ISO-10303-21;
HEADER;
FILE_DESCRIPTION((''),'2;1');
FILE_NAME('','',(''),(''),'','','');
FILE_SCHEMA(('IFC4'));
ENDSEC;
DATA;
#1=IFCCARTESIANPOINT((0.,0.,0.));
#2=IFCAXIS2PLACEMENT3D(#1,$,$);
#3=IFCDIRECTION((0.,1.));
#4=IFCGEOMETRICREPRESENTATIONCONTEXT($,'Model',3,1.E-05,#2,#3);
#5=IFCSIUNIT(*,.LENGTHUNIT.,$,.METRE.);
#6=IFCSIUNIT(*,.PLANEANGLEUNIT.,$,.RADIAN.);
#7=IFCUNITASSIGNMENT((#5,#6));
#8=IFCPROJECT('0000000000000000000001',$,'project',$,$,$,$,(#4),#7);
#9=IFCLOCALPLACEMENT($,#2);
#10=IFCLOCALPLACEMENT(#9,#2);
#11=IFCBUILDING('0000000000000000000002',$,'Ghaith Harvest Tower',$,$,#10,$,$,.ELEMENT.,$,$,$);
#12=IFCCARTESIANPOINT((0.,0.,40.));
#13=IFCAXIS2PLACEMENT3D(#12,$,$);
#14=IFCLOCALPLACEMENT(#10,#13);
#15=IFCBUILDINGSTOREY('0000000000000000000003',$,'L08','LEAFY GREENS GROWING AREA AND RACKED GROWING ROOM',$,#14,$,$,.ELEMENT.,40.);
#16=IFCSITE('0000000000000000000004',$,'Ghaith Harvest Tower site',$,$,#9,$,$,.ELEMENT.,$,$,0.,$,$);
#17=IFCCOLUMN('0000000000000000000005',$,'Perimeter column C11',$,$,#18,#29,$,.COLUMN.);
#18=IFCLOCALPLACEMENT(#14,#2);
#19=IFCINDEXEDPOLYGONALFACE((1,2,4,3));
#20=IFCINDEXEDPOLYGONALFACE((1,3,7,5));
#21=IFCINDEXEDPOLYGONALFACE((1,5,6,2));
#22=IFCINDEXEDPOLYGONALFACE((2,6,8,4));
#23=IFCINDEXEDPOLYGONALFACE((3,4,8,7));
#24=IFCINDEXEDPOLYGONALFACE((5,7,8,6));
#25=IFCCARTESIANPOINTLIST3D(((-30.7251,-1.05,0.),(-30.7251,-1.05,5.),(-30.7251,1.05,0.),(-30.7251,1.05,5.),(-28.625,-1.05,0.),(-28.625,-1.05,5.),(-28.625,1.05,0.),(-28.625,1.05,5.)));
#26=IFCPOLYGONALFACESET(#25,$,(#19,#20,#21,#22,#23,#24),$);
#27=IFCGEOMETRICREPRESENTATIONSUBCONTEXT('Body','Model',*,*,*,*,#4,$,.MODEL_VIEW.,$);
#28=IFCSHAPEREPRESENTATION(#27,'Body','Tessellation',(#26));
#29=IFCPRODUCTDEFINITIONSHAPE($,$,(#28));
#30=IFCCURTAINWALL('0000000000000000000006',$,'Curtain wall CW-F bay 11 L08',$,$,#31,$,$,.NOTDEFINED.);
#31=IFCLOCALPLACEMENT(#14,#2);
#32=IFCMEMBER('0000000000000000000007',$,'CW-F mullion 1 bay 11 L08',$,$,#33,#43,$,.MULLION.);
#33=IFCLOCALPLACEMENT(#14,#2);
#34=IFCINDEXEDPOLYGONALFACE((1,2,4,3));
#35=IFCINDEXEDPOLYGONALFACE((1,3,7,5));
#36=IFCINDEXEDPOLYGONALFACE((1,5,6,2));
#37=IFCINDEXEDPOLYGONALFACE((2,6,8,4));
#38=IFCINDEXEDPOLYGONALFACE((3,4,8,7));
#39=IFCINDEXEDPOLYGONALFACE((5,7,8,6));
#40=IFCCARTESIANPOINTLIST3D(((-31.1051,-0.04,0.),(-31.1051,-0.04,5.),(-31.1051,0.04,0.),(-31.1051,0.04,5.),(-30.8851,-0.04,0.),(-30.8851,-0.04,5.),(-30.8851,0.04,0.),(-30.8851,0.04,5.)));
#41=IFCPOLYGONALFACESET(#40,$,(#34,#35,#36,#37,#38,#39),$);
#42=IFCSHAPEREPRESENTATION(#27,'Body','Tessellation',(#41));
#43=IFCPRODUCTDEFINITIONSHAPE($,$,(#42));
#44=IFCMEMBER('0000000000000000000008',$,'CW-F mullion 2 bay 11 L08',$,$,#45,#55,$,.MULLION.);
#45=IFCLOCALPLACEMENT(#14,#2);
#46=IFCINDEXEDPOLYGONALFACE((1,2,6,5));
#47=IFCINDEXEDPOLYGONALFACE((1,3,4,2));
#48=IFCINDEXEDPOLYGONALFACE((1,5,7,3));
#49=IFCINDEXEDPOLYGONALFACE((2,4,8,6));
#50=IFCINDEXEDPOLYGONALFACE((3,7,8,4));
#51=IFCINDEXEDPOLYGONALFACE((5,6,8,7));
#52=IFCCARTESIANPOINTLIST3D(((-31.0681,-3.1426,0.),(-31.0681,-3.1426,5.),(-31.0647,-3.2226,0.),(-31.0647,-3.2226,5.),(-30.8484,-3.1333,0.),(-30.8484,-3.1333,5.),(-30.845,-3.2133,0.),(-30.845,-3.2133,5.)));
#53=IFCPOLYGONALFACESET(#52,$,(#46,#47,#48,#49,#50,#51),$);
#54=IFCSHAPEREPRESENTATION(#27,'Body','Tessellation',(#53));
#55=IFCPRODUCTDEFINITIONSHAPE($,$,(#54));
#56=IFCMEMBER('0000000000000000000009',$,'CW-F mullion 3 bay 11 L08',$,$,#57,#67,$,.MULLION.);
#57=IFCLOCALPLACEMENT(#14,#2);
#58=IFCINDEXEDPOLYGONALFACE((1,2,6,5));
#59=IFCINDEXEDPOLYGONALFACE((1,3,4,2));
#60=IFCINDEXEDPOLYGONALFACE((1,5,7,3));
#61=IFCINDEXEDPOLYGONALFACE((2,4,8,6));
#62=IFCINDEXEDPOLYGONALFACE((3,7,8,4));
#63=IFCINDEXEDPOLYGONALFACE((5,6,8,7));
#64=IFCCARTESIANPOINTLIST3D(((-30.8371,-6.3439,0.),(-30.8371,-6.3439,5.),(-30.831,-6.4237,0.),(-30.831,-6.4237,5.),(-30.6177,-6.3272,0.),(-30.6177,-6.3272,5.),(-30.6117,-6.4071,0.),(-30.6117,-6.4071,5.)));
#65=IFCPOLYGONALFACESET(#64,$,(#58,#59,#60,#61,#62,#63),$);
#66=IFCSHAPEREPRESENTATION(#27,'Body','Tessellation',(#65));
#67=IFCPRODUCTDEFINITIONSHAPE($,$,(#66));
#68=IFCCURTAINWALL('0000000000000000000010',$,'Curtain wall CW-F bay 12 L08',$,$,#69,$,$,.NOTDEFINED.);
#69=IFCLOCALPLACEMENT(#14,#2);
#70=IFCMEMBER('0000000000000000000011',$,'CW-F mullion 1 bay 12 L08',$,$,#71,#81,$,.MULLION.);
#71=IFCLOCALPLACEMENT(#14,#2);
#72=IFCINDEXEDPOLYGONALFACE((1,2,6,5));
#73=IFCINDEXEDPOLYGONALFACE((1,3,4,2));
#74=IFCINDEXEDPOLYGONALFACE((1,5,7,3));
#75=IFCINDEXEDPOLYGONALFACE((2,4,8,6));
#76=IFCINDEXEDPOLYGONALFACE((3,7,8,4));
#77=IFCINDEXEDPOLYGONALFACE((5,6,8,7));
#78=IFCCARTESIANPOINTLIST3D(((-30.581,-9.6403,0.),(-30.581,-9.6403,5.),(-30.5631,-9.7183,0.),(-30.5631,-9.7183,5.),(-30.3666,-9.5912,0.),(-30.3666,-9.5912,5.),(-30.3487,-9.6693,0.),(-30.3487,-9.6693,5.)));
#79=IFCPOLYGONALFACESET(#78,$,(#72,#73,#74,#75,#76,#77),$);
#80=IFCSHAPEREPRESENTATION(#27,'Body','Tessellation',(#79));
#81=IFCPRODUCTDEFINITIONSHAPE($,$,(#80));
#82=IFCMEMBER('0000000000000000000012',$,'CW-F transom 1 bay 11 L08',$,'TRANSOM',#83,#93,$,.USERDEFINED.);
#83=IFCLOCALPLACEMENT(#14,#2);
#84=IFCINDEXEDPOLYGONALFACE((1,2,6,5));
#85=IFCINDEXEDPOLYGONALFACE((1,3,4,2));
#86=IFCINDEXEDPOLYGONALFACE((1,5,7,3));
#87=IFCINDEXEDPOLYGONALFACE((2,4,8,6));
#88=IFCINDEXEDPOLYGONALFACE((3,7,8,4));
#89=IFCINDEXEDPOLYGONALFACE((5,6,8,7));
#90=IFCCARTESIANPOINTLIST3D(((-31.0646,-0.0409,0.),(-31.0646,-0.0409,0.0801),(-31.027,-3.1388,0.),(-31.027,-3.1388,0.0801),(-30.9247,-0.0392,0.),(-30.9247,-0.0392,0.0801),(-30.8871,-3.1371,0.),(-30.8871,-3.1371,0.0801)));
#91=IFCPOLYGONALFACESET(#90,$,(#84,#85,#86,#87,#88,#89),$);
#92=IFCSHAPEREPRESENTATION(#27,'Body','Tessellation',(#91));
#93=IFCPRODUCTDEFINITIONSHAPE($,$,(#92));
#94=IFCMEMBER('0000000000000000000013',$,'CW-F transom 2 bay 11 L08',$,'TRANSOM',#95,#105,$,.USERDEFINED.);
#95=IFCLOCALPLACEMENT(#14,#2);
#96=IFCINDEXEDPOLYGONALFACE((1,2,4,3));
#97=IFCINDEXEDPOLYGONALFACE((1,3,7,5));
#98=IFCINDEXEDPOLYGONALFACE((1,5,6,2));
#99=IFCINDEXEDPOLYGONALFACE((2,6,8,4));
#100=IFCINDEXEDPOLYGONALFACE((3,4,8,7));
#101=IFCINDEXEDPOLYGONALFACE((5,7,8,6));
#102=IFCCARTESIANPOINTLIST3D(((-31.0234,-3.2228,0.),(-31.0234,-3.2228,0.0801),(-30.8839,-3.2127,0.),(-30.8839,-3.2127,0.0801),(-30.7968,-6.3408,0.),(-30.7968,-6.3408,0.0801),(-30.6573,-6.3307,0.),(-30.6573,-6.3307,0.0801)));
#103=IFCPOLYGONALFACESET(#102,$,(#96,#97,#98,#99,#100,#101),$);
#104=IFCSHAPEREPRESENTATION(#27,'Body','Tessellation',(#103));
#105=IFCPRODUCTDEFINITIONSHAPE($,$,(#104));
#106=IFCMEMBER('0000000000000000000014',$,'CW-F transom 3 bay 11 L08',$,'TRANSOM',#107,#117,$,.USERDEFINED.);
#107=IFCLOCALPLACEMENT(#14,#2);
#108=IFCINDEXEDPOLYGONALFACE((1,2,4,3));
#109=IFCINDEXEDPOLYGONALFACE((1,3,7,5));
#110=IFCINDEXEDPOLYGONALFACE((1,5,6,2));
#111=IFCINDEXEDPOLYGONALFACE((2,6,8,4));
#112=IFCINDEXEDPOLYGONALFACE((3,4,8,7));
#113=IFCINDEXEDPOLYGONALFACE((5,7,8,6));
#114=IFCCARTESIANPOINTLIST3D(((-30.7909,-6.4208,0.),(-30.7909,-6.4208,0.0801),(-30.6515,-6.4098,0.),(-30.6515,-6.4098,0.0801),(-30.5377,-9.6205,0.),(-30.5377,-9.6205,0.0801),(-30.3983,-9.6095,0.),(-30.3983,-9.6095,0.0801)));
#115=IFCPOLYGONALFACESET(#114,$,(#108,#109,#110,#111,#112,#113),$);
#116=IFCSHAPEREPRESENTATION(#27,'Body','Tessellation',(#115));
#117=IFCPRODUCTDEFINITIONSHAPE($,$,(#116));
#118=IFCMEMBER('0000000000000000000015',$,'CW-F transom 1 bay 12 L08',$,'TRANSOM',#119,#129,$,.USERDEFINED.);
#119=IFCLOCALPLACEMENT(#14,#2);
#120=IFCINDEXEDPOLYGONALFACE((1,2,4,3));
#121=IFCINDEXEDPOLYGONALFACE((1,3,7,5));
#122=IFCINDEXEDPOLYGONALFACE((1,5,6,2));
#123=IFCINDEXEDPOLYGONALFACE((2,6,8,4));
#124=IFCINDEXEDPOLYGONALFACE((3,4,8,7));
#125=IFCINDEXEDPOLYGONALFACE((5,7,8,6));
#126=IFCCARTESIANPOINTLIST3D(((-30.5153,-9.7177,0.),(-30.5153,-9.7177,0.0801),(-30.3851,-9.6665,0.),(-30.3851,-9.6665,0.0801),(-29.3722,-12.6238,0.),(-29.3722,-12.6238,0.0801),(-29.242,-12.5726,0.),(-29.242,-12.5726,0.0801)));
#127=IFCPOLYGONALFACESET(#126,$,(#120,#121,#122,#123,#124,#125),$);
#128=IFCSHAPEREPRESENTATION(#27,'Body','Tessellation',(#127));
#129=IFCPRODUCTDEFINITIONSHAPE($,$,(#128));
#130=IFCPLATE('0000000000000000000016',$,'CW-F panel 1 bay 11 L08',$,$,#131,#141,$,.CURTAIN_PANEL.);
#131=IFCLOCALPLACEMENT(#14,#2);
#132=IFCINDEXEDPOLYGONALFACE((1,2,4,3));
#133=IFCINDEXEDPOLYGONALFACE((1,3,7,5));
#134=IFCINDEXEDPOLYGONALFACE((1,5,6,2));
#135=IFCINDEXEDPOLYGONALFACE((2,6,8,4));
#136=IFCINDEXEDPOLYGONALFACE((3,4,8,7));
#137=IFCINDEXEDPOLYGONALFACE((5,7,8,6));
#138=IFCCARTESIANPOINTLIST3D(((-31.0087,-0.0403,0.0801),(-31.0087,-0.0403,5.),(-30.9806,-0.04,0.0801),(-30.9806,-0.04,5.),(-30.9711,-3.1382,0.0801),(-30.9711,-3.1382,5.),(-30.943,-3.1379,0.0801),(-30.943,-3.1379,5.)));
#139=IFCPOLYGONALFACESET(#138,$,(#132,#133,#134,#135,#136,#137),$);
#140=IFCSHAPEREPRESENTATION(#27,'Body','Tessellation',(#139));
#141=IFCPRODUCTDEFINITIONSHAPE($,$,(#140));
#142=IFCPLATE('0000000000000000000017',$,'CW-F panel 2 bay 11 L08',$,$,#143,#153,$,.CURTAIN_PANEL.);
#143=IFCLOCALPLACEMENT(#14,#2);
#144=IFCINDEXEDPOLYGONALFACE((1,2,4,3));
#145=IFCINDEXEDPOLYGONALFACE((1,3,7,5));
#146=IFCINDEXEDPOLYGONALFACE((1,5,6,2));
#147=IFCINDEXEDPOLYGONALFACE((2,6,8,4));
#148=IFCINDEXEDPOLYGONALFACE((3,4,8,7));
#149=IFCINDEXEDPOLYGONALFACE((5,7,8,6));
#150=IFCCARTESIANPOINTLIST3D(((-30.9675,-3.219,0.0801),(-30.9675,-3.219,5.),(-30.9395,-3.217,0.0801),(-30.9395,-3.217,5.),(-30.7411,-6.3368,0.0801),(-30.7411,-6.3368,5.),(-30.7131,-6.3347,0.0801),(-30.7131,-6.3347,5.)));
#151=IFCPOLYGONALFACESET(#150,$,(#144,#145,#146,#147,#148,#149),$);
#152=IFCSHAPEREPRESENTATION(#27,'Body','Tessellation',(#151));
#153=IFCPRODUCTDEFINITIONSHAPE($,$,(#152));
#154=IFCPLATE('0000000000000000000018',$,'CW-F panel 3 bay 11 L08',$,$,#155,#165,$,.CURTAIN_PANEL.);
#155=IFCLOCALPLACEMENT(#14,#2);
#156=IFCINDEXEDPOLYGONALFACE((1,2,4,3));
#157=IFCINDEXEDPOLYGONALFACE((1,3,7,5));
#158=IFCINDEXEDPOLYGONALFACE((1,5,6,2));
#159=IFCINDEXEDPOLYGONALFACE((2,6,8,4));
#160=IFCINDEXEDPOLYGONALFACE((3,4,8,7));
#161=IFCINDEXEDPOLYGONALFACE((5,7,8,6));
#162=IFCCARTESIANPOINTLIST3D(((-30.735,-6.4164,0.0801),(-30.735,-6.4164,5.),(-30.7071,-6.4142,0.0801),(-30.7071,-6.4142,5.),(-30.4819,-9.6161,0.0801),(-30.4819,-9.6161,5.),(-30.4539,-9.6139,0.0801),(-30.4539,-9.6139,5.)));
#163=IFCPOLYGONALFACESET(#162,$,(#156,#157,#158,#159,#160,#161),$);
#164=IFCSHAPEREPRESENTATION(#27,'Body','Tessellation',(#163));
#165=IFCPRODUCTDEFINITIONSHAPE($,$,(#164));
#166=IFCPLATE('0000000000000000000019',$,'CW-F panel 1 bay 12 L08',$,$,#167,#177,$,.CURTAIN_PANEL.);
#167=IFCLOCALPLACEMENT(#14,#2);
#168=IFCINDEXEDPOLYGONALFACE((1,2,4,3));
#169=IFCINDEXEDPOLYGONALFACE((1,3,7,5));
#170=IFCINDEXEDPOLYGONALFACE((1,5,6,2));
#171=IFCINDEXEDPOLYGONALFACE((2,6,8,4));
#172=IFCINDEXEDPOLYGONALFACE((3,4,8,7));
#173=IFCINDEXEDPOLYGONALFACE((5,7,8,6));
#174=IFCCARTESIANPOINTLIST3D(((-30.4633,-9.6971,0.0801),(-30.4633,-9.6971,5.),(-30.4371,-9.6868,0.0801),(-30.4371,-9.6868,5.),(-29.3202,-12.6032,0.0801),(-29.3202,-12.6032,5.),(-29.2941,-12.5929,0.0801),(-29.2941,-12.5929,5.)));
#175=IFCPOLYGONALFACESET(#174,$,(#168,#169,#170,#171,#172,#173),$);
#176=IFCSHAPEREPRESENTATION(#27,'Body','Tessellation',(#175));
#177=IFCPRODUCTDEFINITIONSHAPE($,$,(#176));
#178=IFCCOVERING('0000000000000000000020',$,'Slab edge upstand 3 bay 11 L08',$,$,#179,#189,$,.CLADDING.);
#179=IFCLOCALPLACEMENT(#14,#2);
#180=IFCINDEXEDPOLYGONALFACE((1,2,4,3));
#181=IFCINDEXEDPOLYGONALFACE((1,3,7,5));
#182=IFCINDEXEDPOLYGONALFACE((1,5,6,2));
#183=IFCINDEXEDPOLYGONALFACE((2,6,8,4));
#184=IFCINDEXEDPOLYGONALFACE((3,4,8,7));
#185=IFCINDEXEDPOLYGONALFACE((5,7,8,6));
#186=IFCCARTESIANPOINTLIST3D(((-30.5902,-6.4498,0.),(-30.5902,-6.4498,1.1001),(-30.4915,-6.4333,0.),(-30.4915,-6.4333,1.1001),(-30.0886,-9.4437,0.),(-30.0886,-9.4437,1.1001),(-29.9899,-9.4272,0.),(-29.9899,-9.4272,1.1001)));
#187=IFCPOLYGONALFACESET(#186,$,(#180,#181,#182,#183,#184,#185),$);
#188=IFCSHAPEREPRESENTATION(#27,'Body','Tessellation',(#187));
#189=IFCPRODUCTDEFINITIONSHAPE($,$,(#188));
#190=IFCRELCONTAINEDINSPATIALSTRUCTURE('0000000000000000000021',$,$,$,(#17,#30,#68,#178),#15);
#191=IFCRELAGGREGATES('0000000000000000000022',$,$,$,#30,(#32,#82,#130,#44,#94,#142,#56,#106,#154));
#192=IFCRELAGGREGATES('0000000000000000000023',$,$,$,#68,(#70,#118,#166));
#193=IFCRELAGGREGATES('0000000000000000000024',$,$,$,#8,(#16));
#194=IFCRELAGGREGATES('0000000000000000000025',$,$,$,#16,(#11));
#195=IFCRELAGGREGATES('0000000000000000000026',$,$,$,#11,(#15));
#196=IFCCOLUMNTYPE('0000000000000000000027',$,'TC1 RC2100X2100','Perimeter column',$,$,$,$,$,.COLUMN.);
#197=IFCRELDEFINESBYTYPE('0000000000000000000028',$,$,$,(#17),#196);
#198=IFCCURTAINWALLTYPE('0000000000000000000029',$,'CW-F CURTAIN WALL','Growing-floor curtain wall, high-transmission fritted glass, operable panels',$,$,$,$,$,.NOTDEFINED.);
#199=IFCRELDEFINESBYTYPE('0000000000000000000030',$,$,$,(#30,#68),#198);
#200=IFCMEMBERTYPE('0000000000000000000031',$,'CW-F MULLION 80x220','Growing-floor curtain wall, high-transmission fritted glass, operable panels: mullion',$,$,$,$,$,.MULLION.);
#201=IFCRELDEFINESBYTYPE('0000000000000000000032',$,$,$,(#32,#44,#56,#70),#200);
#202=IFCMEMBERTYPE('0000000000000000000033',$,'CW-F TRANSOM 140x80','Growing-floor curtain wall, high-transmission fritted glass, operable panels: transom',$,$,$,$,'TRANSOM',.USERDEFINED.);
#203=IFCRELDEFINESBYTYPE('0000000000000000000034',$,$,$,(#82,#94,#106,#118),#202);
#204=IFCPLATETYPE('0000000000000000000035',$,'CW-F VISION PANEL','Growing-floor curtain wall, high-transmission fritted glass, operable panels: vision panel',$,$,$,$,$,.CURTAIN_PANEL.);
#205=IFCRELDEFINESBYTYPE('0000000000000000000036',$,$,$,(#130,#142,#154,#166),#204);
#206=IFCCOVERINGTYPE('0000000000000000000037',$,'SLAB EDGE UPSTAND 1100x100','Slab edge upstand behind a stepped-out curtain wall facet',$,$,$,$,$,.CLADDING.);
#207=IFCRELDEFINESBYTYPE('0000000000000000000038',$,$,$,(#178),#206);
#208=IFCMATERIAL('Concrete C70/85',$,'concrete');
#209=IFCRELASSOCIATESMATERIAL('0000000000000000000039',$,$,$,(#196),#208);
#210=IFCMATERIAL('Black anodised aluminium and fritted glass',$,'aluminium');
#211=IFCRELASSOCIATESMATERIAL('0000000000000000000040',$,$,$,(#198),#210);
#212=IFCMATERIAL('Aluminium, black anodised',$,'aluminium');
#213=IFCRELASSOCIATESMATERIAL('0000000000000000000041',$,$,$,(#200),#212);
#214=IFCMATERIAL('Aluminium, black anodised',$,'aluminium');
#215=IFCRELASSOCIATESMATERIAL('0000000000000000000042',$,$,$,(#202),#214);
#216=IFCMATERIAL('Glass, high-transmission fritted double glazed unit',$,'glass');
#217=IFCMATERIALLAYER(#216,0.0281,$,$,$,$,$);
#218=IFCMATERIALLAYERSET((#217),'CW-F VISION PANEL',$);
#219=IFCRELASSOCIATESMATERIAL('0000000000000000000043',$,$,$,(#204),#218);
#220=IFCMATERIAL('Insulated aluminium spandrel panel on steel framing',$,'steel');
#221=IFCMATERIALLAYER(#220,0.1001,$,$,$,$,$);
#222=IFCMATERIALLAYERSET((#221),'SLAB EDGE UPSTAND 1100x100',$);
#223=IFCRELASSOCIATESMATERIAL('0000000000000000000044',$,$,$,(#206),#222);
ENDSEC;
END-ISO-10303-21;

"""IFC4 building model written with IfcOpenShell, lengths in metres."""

from ifc_helpers import new_model, si_unit, direction, frame, origin, origin_2d, place, context, subcontext, project, spatial, rectangle, extrude, material, layer, layer_set, material_profile, profile_set, type_object, element, aggregate, save


model = new_model("IFC4")

# Units and contexts
model_context = context("Model", 3, precision=1e-05, world=origin(), true_north=direction((0.0, 1.0)))
body_context = subcontext(model_context, "Body", "Model", "MODEL_VIEW")
ifc_project = project(units=[si_unit("LENGTHUNIT", "METRE"), si_unit("PLANEANGLEUNIT", "RADIAN")], contexts=[model_context])

# Site, building, storey
site_placement = place(None, origin())
site = spatial("IfcSite", under=ifc_project, at=site_placement, Name="Ghaith Harvest Tower site", CompositionType="ELEMENT", RefElevation=0.0)
building_placement = place(site_placement, origin())
building = spatial("IfcBuilding", under=site, at=building_placement, Name="Ghaith Harvest Tower", CompositionType="ELEMENT")
storey_placement = place(building_placement, frame((0.0, 0.0, 40.0)))
storey = spatial("IfcBuildingStorey", under=building, at=storey_placement, Name="L08", Description="LEAFY GREENS GROWING AREA AND RACKED GROWING ROOM", CompositionType="ELEMENT", Elevation=40.0)

# Column
ifc_material_1 = material(Name="Concrete C70/85", Category="concrete")
ifc_material_profile_1 = material_profile(ifc_material_1, rectangle(XDim=2.1001, YDim=2.1001, at=origin_2d()), Name="RC2100X2100")
ifc_profile_set_1 = profile_set([ifc_material_profile_1], Name="Concrete C70/85")
column_type = type_object("IfcColumnType", Name="TC1 RC2100X2100", Description="Perimeter column", PredefinedType="COLUMN", material=ifc_profile_set_1)
column_placement = place(storey_placement, frame((-29.675, 0.0, 0.0), z_axis=(0.0, 0.0, 1.0), x_axis=(1.0, 0.0, 0.0)))
element("IfcColumn", 1, at=column_placement, inside=storey, type_object=column_type, Name="Perimeter column C11", PredefinedType="COLUMN", context=body_context, shape_type="SweptSolid", body=[
    extrude(rectangle(XDim=2.1001, YDim=2.1001, at=origin_2d()), origin(), (0.0, 0.0, 1.0), 5.0),
])

# Curtain wall, members
ifc_material_2 = material(Name="Black anodised aluminium and fritted glass", Category="aluminium")
curtain_wall_type = type_object("IfcCurtainWallType", Name="CW-F CURTAIN WALL", Description="Growing-floor curtain wall, high-transmission fritted glass, operable panels", PredefinedType="NOTDEFINED", material=ifc_material_2)
curtain_wall_1_placement = place(storey_placement, origin())
curtain_wall_1 = element("IfcCurtainWall", 2, at=curtain_wall_1_placement, inside=storey, type_object=curtain_wall_type, Name="Curtain wall CW-F bay 11 L08", PredefinedType="NOTDEFINED")
ifc_material_3 = material(Name="Aluminium, black anodised", Category="aluminium")
ifc_material_profile_2 = material_profile(ifc_material_3, rectangle(XDim=0.0801, YDim=0.22, at=origin_2d()), Name="CW-F MULLION 80x220")
ifc_profile_set_2 = profile_set([ifc_material_profile_2], Name="Aluminium, black anodised")
member_type_1 = type_object("IfcMemberType", Name="CW-F MULLION 80x220", Description="Growing-floor curtain wall, high-transmission fritted glass, operable panels: mullion", PredefinedType="MULLION", material=ifc_profile_set_2)
member_1_placement = place(storey_placement, frame((-30.9951, 0.0, 0.0), z_axis=(0.0, 0.0, 1.0), x_axis=(0.0, -1.0, 0.0)))
member_1 = element("IfcMember", 3, at=member_1_placement, type_object=member_type_1, Name="CW-F mullion 1 bay 11 L08", PredefinedType="MULLION", context=body_context, shape_type="SweptSolid", body=[
    extrude(rectangle(XDim=0.0801, YDim=0.22, at=origin_2d()), origin(), (0.0, 0.0, 1.0), 5.0),
])
member_2_placement = place(storey_placement, frame((-30.9565, -3.178, 0.0), z_axis=(0.0, 0.0, 1.0), x_axis=(0.042427, -0.9991, 0.0)))
member_2 = element("IfcMember", 4, at=member_2_placement, type_object=member_type_1, Name="CW-F mullion 2 bay 11 L08", PredefinedType="MULLION", context=body_context, shape_type="SweptSolid", body=[
    extrude(rectangle(XDim=0.0801, YDim=0.22, at=origin_2d()), origin(), (0.0, 0.0, 1.0), 5.0),
])
member_3_placement = place(storey_placement, frame((-30.7244, -6.3755, 0.0), z_axis=(0.0, 0.0, 1.0), x_axis=(0.075686, -0.997132, 0.0)))
member_3 = element("IfcMember", 5, at=member_3_placement, type_object=member_type_1, Name="CW-F mullion 3 bay 11 L08", PredefinedType="MULLION", context=body_context, shape_type="SweptSolid", body=[
    extrude(rectangle(XDim=0.0801, YDim=0.22, at=origin_2d()), origin(), (0.0, 0.0, 1.0), 5.0),
])

# Curtain wall, member
curtain_wall_2_placement = place(storey_placement, origin())
curtain_wall_2 = element("IfcCurtainWall", 6, at=curtain_wall_2_placement, inside=storey, type_object=curtain_wall_type, Name="Curtain wall CW-F bay 12 L08", PredefinedType="NOTDEFINED")
member_4_placement = place(storey_placement, frame((-30.4648, -9.6548, 0.0), z_axis=(0.0, 0.0, 1.0), x_axis=(0.222967, -0.974826, 0.0)))
member_4 = element("IfcMember", 7, at=member_4_placement, type_object=member_type_1, Name="CW-F mullion 1 bay 12 L08", PredefinedType="MULLION", context=body_context, shape_type="SweptSolid", body=[
    extrude(rectangle(XDim=0.0801, YDim=0.22, at=origin_2d()), origin(), (0.0, 0.0, 1.0), 5.0),
])

# Members
ifc_material_4 = material(Name="Aluminium, black anodised", Category="aluminium")
ifc_material_profile_3 = material_profile(ifc_material_4, rectangle(XDim=0.1399, YDim=0.0801, at=origin_2d()), Name="CW-F TRANSOM 140x80")
ifc_profile_set_3 = profile_set([ifc_material_profile_3], Name="Aluminium, black anodised")
member_type_2 = type_object("IfcMemberType", Name="CW-F TRANSOM 140x80", Description="Growing-floor curtain wall, high-transmission fritted glass, operable panels: transom", ElementType="TRANSOM", PredefinedType="USERDEFINED", material=ifc_profile_set_3)
member_5_placement = place(storey_placement, frame((-30.9946, -0.04, 0.04), z_axis=(0.012136, -0.999926, 0.0), x_axis=(0.999926, 0.012136, 0.0)))
member_5 = element("IfcMember", 8, at=member_5_placement, type_object=member_type_2, Name="CW-F transom 1 bay 11 L08", ObjectType="TRANSOM", PredefinedType="USERDEFINED", context=body_context, shape_type="SweptSolid", body=[
    extrude(rectangle(XDim=0.1399, YDim=0.0801, at=origin_2d()), origin(), (0.0, 0.0, 1.0), 3.0981),
])
member_6_placement = place(storey_placement, frame((-30.9536, -3.2178, 0.04), z_axis=(0.072474, -0.99737, 0.0), x_axis=(0.99737, 0.072474, 0.0)))
member_6 = element("IfcMember", 9, at=member_6_placement, type_object=member_type_2, Name="CW-F transom 2 bay 11 L08", ObjectType="TRANSOM", PredefinedType="USERDEFINED", context=body_context, shape_type="SweptSolid", body=[
    extrude(rectangle(XDim=0.1399, YDim=0.0801, at=origin_2d()), origin(), (0.0, 0.0, 1.0), 3.1262),
])
member_7_placement = place(storey_placement, frame((-30.7212, -6.4153, 0.04), z_axis=(0.078878, -0.996884, 0.0), x_axis=(0.996884, 0.078878, 0.0)))
member_7 = element("IfcMember", 10, at=member_7_placement, type_object=member_type_2, Name="CW-F transom 3 bay 11 L08", ObjectType="TRANSOM", PredefinedType="USERDEFINED", context=body_context, shape_type="SweptSolid", body=[
    extrude(rectangle(XDim=0.1399, YDim=0.0801, at=origin_2d()), origin(), (0.0, 0.0, 1.0), 3.2097),
])
member_8_placement = place(storey_placement, frame((-30.4502, -9.6921, 0.04), z_axis=(0.366047, -0.930597, 0.0), x_axis=(0.930597, 0.366047, 0.0)))
member_8 = element("IfcMember", 11, at=member_8_placement, type_object=member_type_2, Name="CW-F transom 1 bay 12 L08", ObjectType="TRANSOM", PredefinedType="USERDEFINED", context=body_context, shape_type="SweptSolid", body=[
    extrude(rectangle(XDim=0.1399, YDim=0.0801, at=origin_2d()), origin(), (0.0, 0.0, 1.0), 3.1228),
])

# Plates
ifc_material_5 = material(Name="Glass, high-transmission fritted double glazed unit", Category="glass")
ifc_layer_1 = layer(ifc_material_5, 0.0281)
ifc_layer_set_1 = layer_set([ifc_layer_1], Name="CW-F VISION PANEL")
plate_type = type_object("IfcPlateType", Name="CW-F VISION PANEL", Description="Growing-floor curtain wall, high-transmission fritted glass, operable panels: vision panel", PredefinedType="CURTAIN_PANEL", material=ifc_layer_set_1)
plate_1_placement = place(storey_placement, frame((-30.9758, -1.5891, 0.0801), z_axis=(0.0, 0.0, 1.0), x_axis=(0.012133, -0.999926, 0.0)))
plate_1 = element("IfcPlate", 12, at=plate_1_placement, type_object=plate_type, Name="CW-F panel 1 bay 11 L08", PredefinedType="CURTAIN_PANEL", context=body_context, shape_type="SweptSolid", body=[
    extrude(rectangle(XDim=3.0981, YDim=0.0281, at=origin_2d()), origin(), (0.0, 0.0, 1.0), 4.9199),
])
plate_2_placement = place(storey_placement, frame((-30.8403, -4.7769, 0.0801), z_axis=(0.0, 0.0, 1.0), x_axis=(0.072421, -0.997374, 0.0)))
plate_2 = element("IfcPlate", 13, at=plate_2_placement, type_object=plate_type, Name="CW-F panel 2 bay 11 L08", PredefinedType="CURTAIN_PANEL", context=body_context, shape_type="SweptSolid", body=[
    extrude(rectangle(XDim=3.126, YDim=0.0281, at=origin_2d()), origin(), (0.0, 0.0, 1.0), 4.9199),
])
plate_3_placement = place(storey_placement, frame((-30.5945, -8.0151, 0.0801), z_axis=(0.0, 0.0, 1.0), x_axis=(0.078867, -0.996885, 0.0)))
plate_3 = element("IfcPlate", 14, at=plate_3_placement, type_object=plate_type, Name="CW-F panel 3 bay 11 L08", PredefinedType="CURTAIN_PANEL", context=body_context, shape_type="SweptSolid", body=[
    extrude(rectangle(XDim=3.2097, YDim=0.0281, at=origin_2d()), origin(), (0.0, 0.0, 1.0), 4.9199),
])
aggregate(curtain_wall_1, [member_1, member_5, plate_1, member_2, member_6, plate_2, member_3, member_7, plate_3])
plate_4_placement = place(storey_placement, frame((-29.8787, -11.145, 0.0801), z_axis=(0.0, 0.0, 1.0), x_axis=(0.36604, -0.930599, 0.0)))
plate_4 = element("IfcPlate", 15, at=plate_4_placement, type_object=plate_type, Name="CW-F panel 1 bay 12 L08", PredefinedType="CURTAIN_PANEL", context=body_context, shape_type="SweptSolid", body=[
    extrude(rectangle(XDim=3.1228, YDim=0.0281, at=origin_2d()), origin(), (0.0, 0.0, 1.0), 4.9199),
])
aggregate(curtain_wall_2, [member_4, member_8, plate_4])

# Covering
ifc_material_6 = material(Name="Insulated aluminium spandrel panel on steel framing", Category="steel")
ifc_layer_2 = layer(ifc_material_6, 0.1001)
ifc_layer_set_2 = layer_set([ifc_layer_2], Name="SLAB EDGE UPSTAND 1100x100")
covering_type = type_object("IfcCoveringType", Name="SLAB EDGE UPSTAND 1100x100", Description="Slab edge upstand behind a stepped-out curtain wall facet", PredefinedType="CLADDING", material=ifc_layer_set_2)
covering_placement = place(storey_placement, frame((-30.29, -7.9385, 0.0), z_axis=(0.0, 0.0, 1.0), x_axis=(0.165246, -0.986252, 0.0)))
element("IfcCovering", 16, at=covering_placement, inside=storey, type_object=covering_type, Name="Slab edge upstand 3 bay 11 L08", PredefinedType="CLADDING", context=body_context, shape_type="SweptSolid", body=[
    extrude(rectangle(XDim=3.0356, YDim=0.1001, at=origin_2d()), origin(), (0.0, 0.0, 1.0), 1.1001),
])

save(model, "model.ifc")
